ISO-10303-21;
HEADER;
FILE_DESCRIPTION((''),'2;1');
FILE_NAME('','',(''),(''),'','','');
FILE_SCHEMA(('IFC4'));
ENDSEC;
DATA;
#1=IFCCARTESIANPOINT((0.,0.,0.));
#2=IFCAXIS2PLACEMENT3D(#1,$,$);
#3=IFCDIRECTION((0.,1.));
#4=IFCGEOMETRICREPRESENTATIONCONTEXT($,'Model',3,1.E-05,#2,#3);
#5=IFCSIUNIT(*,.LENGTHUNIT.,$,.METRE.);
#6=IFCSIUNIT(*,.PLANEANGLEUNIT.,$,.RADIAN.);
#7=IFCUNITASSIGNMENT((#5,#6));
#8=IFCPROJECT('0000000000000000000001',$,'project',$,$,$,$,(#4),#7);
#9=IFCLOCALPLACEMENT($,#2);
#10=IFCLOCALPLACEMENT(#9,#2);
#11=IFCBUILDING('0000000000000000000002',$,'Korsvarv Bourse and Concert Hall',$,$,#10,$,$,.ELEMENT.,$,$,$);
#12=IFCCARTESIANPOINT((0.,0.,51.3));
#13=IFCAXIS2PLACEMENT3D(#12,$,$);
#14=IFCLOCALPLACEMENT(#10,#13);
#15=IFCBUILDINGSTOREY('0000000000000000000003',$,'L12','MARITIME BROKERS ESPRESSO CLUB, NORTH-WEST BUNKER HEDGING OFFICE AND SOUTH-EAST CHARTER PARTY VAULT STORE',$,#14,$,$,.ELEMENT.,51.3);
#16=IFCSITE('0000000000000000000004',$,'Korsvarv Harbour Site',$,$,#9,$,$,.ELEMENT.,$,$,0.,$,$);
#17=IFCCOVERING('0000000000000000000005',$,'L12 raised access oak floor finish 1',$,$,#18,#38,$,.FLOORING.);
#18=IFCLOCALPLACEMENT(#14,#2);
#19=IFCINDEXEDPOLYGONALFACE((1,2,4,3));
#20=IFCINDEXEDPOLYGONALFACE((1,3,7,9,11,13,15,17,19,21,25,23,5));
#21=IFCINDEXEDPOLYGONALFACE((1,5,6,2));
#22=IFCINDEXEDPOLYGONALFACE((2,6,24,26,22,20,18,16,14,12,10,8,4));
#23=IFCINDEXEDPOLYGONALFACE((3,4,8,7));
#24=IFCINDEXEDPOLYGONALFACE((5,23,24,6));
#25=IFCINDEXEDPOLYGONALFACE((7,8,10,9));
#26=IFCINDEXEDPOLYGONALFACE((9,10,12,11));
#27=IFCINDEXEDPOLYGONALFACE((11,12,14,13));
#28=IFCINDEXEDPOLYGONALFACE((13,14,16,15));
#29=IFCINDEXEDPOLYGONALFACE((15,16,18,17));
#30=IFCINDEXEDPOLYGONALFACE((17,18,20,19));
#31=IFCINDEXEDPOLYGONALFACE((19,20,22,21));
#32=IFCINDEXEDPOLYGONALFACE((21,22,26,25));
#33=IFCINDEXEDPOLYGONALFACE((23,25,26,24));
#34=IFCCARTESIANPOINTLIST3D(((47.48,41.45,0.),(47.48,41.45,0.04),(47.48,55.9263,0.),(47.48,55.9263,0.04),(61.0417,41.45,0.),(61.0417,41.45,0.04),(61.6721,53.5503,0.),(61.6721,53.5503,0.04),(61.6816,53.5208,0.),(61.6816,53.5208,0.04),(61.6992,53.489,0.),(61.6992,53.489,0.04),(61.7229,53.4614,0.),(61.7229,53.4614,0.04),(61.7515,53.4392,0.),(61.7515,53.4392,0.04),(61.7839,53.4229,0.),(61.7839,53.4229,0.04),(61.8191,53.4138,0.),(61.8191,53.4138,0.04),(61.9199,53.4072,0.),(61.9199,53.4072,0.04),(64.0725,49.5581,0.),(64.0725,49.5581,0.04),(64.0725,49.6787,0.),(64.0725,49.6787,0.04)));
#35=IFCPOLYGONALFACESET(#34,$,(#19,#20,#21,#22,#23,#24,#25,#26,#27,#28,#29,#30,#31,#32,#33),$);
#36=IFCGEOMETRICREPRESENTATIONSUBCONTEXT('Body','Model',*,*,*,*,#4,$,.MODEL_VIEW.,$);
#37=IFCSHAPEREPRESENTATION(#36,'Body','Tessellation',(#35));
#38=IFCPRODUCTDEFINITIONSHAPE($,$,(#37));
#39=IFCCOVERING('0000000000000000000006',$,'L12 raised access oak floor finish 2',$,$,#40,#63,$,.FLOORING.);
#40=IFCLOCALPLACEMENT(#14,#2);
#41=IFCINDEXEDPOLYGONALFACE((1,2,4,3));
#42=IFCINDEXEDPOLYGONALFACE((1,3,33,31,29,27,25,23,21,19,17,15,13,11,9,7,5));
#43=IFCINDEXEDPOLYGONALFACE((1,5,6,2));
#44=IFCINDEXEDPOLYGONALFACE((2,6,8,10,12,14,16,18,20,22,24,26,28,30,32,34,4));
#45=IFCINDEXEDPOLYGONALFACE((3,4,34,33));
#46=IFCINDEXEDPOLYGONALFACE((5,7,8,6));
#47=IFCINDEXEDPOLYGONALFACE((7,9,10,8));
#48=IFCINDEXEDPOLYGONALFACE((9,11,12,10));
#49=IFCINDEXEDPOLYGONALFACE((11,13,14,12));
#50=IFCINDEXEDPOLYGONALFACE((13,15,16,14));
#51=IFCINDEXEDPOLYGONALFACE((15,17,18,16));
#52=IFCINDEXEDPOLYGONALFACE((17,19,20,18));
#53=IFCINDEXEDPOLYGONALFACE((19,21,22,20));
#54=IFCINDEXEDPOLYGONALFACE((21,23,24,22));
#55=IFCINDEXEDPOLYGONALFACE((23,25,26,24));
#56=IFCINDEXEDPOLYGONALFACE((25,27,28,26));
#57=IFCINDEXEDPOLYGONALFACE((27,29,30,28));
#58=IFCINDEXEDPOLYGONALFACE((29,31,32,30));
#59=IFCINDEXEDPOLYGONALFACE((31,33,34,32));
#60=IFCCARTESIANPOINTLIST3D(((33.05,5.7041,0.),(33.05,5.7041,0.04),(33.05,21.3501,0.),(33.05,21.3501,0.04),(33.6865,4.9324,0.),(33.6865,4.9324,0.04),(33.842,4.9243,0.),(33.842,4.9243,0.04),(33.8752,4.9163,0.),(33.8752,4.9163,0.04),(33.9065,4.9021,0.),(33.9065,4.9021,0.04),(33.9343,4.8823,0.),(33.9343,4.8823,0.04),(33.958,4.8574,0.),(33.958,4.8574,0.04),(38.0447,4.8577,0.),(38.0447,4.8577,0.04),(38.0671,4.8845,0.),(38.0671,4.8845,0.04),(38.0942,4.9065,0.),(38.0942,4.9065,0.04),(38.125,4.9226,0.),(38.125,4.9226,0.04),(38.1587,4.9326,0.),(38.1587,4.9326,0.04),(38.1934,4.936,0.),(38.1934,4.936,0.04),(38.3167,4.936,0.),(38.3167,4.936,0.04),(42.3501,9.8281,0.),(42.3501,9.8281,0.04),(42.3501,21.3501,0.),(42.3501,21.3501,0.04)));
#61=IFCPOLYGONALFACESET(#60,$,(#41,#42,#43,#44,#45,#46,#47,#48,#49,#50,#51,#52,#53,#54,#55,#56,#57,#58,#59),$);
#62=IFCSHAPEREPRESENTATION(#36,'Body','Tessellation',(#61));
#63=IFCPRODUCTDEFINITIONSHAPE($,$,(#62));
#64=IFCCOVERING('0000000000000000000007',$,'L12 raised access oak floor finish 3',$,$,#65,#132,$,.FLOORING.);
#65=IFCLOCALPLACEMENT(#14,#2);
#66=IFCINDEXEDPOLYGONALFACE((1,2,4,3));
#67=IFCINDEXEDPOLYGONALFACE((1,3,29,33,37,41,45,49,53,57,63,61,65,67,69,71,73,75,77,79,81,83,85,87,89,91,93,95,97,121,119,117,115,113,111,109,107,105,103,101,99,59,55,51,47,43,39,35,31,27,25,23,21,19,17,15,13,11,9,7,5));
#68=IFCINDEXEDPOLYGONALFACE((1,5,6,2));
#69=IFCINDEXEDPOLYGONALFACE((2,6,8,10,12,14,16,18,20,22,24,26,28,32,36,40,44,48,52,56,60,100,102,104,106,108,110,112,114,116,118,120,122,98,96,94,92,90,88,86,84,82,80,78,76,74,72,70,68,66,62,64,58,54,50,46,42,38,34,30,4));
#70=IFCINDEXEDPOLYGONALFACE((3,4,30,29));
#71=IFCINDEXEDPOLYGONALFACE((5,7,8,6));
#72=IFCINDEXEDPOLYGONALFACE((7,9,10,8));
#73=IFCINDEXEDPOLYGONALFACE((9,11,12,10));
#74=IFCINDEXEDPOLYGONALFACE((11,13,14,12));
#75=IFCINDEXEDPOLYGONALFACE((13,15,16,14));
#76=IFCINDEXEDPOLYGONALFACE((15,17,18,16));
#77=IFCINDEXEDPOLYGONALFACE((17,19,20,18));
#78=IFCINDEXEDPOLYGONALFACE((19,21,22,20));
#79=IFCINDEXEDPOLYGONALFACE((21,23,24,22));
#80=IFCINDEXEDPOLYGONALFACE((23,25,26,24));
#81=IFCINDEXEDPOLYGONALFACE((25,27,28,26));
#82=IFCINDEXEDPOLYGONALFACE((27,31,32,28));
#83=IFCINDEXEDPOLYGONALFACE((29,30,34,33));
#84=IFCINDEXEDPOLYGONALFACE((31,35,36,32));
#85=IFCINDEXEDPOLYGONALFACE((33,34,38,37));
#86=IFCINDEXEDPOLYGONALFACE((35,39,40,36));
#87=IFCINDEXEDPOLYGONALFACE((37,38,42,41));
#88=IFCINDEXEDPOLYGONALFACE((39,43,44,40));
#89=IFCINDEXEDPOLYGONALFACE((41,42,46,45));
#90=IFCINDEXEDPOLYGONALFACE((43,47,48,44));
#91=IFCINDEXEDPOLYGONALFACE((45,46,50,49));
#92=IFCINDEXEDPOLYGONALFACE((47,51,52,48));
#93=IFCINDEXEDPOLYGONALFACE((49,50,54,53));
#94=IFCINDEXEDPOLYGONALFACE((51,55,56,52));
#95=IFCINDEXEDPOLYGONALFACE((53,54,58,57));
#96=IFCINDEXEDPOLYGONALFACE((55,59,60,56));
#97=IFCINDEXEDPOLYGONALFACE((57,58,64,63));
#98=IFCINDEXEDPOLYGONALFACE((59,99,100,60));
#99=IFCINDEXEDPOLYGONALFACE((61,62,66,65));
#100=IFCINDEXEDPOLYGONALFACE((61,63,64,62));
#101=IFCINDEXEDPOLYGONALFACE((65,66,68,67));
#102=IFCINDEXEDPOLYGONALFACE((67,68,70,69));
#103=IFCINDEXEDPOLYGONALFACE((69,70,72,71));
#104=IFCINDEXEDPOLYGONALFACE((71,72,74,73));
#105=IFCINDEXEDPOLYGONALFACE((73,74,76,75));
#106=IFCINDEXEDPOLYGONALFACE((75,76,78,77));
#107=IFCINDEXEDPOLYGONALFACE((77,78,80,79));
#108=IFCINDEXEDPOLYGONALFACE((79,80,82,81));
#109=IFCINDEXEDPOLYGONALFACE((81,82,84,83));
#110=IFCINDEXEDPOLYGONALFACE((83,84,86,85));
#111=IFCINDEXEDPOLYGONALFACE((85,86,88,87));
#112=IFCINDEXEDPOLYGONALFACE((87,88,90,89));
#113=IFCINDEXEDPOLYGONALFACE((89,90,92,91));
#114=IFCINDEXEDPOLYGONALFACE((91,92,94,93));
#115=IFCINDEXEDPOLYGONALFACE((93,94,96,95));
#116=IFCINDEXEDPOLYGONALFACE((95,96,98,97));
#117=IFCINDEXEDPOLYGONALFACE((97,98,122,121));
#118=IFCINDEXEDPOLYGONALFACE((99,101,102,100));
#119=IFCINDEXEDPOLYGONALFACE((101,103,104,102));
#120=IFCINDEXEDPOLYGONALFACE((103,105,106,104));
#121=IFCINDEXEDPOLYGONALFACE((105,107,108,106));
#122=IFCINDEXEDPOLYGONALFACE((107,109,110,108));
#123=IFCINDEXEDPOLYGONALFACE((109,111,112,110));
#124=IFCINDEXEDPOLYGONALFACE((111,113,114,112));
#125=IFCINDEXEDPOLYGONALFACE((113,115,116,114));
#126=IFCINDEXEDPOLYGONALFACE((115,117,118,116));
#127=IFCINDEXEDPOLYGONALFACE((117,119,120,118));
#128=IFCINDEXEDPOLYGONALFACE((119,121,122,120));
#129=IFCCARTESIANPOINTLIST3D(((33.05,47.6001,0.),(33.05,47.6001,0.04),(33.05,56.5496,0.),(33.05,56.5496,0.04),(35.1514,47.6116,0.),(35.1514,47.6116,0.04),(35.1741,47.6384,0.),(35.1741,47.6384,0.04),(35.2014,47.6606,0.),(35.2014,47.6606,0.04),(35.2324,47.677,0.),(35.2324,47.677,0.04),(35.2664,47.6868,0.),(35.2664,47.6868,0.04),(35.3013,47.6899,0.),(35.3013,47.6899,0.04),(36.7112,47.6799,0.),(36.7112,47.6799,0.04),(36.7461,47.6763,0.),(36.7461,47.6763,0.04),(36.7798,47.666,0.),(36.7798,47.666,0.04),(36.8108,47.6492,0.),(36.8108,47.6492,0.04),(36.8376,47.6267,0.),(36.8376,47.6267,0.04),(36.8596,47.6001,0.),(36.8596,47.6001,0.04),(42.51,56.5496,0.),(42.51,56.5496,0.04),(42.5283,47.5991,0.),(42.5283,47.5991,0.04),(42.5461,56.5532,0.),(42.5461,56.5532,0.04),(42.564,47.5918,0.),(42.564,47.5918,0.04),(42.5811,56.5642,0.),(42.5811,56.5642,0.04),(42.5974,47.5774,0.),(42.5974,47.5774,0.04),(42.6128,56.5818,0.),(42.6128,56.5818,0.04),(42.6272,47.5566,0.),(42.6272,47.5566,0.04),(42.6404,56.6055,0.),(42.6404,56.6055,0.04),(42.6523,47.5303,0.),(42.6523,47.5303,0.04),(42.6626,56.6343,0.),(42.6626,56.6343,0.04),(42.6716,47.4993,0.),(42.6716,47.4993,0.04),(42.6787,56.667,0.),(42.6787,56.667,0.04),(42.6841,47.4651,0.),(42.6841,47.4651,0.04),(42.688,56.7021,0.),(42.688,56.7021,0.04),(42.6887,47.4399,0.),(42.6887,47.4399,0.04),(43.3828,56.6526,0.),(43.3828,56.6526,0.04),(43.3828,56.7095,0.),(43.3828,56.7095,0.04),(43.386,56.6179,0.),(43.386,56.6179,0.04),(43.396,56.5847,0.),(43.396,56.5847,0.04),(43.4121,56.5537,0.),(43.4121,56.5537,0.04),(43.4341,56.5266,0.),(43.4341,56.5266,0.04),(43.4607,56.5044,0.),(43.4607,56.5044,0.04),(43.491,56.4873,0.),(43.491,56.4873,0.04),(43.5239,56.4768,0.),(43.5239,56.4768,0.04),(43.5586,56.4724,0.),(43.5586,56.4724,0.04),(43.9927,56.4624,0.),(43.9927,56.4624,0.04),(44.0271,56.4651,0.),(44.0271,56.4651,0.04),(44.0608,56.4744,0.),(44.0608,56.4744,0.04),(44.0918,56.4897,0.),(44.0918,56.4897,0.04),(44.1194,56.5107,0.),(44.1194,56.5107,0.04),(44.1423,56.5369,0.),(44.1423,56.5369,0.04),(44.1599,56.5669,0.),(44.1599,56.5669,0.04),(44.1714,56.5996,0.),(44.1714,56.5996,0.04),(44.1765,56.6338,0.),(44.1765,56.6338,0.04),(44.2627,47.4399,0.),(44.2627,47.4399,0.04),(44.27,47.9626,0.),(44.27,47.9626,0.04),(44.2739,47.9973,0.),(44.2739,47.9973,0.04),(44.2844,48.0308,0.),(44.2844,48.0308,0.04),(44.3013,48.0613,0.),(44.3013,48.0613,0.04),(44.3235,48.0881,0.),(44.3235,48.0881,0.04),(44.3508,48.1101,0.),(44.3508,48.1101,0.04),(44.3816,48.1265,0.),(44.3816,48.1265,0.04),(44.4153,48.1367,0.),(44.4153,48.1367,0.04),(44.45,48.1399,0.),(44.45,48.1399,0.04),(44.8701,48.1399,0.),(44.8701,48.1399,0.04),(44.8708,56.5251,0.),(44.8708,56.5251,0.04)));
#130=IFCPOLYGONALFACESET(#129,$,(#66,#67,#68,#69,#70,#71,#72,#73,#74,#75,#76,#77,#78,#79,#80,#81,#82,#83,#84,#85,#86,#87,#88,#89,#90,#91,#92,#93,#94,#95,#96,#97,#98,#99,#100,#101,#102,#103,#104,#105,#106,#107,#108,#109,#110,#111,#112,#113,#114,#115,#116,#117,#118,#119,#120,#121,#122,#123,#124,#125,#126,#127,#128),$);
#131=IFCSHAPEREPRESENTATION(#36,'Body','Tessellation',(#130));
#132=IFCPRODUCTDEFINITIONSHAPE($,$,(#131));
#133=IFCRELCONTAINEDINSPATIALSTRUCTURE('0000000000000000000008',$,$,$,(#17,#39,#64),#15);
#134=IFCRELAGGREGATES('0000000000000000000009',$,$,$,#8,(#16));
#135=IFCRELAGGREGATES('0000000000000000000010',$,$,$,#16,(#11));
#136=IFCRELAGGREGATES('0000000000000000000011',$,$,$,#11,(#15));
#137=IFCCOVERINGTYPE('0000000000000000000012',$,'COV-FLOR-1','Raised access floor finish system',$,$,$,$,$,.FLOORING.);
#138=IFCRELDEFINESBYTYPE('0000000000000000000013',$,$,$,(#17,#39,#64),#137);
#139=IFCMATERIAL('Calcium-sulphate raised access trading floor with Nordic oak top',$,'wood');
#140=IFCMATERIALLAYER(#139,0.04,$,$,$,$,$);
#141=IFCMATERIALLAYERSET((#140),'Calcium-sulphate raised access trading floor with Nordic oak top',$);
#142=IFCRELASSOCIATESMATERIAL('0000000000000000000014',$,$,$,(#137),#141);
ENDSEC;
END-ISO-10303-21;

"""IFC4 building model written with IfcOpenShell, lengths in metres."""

from ifc_helpers import new_model, si_unit, direction, frame, origin, place, context, subcontext, project, spatial, polyline, outline, extrude, material, layer, layer_set, type_object, element, save


model = new_model("IFC4")

# Units and contexts
model_context = context("Model", 3, precision=1e-05, world=origin(), true_north=direction((0.0, 1.0)))
body_context = subcontext(model_context, "Body", "Model", "MODEL_VIEW")
ifc_project = project(units=[si_unit("LENGTHUNIT", "METRE"), si_unit("PLANEANGLEUNIT", "RADIAN")], contexts=[model_context])

# Site, building, storey
site_placement = place(None, origin())
site = spatial("IfcSite", under=ifc_project, at=site_placement, Name="Korsvarv Harbour Site", CompositionType="ELEMENT", RefElevation=0.0)
building_placement = place(site_placement, origin())
building = spatial("IfcBuilding", under=site, at=building_placement, Name="Korsvarv Bourse and Concert Hall", CompositionType="ELEMENT")
storey_placement = place(building_placement, frame((0.0, 0.0, 51.3)))
storey = spatial("IfcBuildingStorey", under=building, at=storey_placement, Name="L12", Description="MARITIME BROKERS ESPRESSO CLUB, NORTH-WEST BUNKER HEDGING OFFICE AND SOUTH-EAST CHARTER PARTY VAULT STORE", CompositionType="ELEMENT", Elevation=51.3)

# Coverings
ifc_material_1 = material(Name="Calcium-sulphate raised access trading floor with Nordic oak top", Category="wood")
ifc_layer_1 = layer(ifc_material_1, 0.04)
ifc_layer_set_1 = layer_set([ifc_layer_1], Name="Calcium-sulphate raised access trading floor with Nordic oak top")
covering_type_1 = type_object("IfcCoveringType", Name="COV-FLOR-1", Description="Raised access floor finish system", PredefinedType="FLOORING", material=ifc_layer_set_1)
covering_1_placement = place(storey_placement, origin())
element("IfcCovering", 1, at=covering_1_placement, inside=storey, type_object=covering_type_1, Name="L12 raised access oak floor finish 1", PredefinedType="FLOORING", context=body_context, shape_type="SweptSolid", body=[
    extrude(outline(polyline([(47.48, 55.9263), (61.6721, 53.5503), (61.6816, 53.5208), (61.6992, 53.489), (61.7229, 53.4614), (61.7515, 53.4392), (61.7839, 53.4229), (61.8191, 53.4138), (61.9199, 53.4072), (64.0725, 49.6787), (64.0725, 49.5581), (61.0417, 41.45), (47.48, 41.45), (47.48, 55.9263)])), origin(), (0.0, 0.0, 1.0), 0.04),
])
covering_2_placement = place(storey_placement, origin())
element("IfcCovering", 2, at=covering_2_placement, inside=storey, type_object=covering_type_1, Name="L12 raised access oak floor finish 2", PredefinedType="FLOORING", context=body_context, shape_type="SweptSolid", body=[
    extrude(outline(polyline([(33.958, 4.8574), (33.9343, 4.8823), (33.9065, 4.9021), (33.8752, 4.9163), (33.842, 4.9243), (33.6865, 4.9324), (33.05, 5.7041), (33.05, 21.3501), (42.3501, 21.3501), (42.3501, 9.8281), (38.3167, 4.936), (38.1934, 4.936), (38.1587, 4.9326), (38.125, 4.9226), (38.0942, 4.9065), (38.0671, 4.8845), (38.0447, 4.8577), (33.958, 4.8574)])), origin(), (0.0, 0.0, 1.0), 0.04),
])
covering_3_placement = place(storey_placement, origin())
element("IfcCovering", 3, at=covering_3_placement, inside=storey, type_object=covering_type_1, Name="L12 raised access oak floor finish 3", PredefinedType="FLOORING", context=body_context, shape_type="SweptSolid", body=[
    extrude(outline(polyline([(33.05, 47.6001), (33.05, 56.5496), (42.51, 56.5496), (42.5461, 56.5532), (42.5811, 56.5642), (42.6128, 56.5818), (42.6404, 56.6055), (42.6626, 56.6343), (42.6787, 56.667), (42.688, 56.7021), (43.3828, 56.7095), (43.3828, 56.6526), (43.386, 56.6179), (43.396, 56.5847), (43.4121, 56.5537), (43.4341, 56.5266), (43.4607, 56.5044), (43.491, 56.4873), (43.5239, 56.4768), (43.5586, 56.4724), (43.9927, 56.4624), (44.0271, 56.4651), (44.0608, 56.4744), (44.0918, 56.4897), (44.1194, 56.5107), (44.1423, 56.5369), (44.1599, 56.5669), (44.1714, 56.5996), (44.1765, 56.6338), (44.8708, 56.5251), (44.8701, 48.1399), (44.45, 48.1399), (44.4153, 48.1367), (44.3816, 48.1265), (44.3508, 48.1101), (44.3235, 48.0881), (44.3013, 48.0613), (44.2844, 48.0308), (44.2739, 47.9973), (44.27, 47.9626), (44.2627, 47.4399), (42.6887, 47.4399), (42.6841, 47.4651), (42.6716, 47.4993), (42.6523, 47.5303), (42.6272, 47.5566), (42.5974, 47.5774), (42.564, 47.5918), (42.5283, 47.5991), (36.8596, 47.6001), (36.8376, 47.6267), (36.8108, 47.6492), (36.7798, 47.666), (36.7461, 47.6763), (36.7112, 47.6799), (35.3013, 47.6899), (35.2664, 47.6868), (35.2324, 47.677), (35.2014, 47.6606), (35.1741, 47.6384), (35.1514, 47.6116), (33.05, 47.6001)])), origin(), (0.0, 0.0, 1.0), 0.04),
])

save(model, "model.ifc")
